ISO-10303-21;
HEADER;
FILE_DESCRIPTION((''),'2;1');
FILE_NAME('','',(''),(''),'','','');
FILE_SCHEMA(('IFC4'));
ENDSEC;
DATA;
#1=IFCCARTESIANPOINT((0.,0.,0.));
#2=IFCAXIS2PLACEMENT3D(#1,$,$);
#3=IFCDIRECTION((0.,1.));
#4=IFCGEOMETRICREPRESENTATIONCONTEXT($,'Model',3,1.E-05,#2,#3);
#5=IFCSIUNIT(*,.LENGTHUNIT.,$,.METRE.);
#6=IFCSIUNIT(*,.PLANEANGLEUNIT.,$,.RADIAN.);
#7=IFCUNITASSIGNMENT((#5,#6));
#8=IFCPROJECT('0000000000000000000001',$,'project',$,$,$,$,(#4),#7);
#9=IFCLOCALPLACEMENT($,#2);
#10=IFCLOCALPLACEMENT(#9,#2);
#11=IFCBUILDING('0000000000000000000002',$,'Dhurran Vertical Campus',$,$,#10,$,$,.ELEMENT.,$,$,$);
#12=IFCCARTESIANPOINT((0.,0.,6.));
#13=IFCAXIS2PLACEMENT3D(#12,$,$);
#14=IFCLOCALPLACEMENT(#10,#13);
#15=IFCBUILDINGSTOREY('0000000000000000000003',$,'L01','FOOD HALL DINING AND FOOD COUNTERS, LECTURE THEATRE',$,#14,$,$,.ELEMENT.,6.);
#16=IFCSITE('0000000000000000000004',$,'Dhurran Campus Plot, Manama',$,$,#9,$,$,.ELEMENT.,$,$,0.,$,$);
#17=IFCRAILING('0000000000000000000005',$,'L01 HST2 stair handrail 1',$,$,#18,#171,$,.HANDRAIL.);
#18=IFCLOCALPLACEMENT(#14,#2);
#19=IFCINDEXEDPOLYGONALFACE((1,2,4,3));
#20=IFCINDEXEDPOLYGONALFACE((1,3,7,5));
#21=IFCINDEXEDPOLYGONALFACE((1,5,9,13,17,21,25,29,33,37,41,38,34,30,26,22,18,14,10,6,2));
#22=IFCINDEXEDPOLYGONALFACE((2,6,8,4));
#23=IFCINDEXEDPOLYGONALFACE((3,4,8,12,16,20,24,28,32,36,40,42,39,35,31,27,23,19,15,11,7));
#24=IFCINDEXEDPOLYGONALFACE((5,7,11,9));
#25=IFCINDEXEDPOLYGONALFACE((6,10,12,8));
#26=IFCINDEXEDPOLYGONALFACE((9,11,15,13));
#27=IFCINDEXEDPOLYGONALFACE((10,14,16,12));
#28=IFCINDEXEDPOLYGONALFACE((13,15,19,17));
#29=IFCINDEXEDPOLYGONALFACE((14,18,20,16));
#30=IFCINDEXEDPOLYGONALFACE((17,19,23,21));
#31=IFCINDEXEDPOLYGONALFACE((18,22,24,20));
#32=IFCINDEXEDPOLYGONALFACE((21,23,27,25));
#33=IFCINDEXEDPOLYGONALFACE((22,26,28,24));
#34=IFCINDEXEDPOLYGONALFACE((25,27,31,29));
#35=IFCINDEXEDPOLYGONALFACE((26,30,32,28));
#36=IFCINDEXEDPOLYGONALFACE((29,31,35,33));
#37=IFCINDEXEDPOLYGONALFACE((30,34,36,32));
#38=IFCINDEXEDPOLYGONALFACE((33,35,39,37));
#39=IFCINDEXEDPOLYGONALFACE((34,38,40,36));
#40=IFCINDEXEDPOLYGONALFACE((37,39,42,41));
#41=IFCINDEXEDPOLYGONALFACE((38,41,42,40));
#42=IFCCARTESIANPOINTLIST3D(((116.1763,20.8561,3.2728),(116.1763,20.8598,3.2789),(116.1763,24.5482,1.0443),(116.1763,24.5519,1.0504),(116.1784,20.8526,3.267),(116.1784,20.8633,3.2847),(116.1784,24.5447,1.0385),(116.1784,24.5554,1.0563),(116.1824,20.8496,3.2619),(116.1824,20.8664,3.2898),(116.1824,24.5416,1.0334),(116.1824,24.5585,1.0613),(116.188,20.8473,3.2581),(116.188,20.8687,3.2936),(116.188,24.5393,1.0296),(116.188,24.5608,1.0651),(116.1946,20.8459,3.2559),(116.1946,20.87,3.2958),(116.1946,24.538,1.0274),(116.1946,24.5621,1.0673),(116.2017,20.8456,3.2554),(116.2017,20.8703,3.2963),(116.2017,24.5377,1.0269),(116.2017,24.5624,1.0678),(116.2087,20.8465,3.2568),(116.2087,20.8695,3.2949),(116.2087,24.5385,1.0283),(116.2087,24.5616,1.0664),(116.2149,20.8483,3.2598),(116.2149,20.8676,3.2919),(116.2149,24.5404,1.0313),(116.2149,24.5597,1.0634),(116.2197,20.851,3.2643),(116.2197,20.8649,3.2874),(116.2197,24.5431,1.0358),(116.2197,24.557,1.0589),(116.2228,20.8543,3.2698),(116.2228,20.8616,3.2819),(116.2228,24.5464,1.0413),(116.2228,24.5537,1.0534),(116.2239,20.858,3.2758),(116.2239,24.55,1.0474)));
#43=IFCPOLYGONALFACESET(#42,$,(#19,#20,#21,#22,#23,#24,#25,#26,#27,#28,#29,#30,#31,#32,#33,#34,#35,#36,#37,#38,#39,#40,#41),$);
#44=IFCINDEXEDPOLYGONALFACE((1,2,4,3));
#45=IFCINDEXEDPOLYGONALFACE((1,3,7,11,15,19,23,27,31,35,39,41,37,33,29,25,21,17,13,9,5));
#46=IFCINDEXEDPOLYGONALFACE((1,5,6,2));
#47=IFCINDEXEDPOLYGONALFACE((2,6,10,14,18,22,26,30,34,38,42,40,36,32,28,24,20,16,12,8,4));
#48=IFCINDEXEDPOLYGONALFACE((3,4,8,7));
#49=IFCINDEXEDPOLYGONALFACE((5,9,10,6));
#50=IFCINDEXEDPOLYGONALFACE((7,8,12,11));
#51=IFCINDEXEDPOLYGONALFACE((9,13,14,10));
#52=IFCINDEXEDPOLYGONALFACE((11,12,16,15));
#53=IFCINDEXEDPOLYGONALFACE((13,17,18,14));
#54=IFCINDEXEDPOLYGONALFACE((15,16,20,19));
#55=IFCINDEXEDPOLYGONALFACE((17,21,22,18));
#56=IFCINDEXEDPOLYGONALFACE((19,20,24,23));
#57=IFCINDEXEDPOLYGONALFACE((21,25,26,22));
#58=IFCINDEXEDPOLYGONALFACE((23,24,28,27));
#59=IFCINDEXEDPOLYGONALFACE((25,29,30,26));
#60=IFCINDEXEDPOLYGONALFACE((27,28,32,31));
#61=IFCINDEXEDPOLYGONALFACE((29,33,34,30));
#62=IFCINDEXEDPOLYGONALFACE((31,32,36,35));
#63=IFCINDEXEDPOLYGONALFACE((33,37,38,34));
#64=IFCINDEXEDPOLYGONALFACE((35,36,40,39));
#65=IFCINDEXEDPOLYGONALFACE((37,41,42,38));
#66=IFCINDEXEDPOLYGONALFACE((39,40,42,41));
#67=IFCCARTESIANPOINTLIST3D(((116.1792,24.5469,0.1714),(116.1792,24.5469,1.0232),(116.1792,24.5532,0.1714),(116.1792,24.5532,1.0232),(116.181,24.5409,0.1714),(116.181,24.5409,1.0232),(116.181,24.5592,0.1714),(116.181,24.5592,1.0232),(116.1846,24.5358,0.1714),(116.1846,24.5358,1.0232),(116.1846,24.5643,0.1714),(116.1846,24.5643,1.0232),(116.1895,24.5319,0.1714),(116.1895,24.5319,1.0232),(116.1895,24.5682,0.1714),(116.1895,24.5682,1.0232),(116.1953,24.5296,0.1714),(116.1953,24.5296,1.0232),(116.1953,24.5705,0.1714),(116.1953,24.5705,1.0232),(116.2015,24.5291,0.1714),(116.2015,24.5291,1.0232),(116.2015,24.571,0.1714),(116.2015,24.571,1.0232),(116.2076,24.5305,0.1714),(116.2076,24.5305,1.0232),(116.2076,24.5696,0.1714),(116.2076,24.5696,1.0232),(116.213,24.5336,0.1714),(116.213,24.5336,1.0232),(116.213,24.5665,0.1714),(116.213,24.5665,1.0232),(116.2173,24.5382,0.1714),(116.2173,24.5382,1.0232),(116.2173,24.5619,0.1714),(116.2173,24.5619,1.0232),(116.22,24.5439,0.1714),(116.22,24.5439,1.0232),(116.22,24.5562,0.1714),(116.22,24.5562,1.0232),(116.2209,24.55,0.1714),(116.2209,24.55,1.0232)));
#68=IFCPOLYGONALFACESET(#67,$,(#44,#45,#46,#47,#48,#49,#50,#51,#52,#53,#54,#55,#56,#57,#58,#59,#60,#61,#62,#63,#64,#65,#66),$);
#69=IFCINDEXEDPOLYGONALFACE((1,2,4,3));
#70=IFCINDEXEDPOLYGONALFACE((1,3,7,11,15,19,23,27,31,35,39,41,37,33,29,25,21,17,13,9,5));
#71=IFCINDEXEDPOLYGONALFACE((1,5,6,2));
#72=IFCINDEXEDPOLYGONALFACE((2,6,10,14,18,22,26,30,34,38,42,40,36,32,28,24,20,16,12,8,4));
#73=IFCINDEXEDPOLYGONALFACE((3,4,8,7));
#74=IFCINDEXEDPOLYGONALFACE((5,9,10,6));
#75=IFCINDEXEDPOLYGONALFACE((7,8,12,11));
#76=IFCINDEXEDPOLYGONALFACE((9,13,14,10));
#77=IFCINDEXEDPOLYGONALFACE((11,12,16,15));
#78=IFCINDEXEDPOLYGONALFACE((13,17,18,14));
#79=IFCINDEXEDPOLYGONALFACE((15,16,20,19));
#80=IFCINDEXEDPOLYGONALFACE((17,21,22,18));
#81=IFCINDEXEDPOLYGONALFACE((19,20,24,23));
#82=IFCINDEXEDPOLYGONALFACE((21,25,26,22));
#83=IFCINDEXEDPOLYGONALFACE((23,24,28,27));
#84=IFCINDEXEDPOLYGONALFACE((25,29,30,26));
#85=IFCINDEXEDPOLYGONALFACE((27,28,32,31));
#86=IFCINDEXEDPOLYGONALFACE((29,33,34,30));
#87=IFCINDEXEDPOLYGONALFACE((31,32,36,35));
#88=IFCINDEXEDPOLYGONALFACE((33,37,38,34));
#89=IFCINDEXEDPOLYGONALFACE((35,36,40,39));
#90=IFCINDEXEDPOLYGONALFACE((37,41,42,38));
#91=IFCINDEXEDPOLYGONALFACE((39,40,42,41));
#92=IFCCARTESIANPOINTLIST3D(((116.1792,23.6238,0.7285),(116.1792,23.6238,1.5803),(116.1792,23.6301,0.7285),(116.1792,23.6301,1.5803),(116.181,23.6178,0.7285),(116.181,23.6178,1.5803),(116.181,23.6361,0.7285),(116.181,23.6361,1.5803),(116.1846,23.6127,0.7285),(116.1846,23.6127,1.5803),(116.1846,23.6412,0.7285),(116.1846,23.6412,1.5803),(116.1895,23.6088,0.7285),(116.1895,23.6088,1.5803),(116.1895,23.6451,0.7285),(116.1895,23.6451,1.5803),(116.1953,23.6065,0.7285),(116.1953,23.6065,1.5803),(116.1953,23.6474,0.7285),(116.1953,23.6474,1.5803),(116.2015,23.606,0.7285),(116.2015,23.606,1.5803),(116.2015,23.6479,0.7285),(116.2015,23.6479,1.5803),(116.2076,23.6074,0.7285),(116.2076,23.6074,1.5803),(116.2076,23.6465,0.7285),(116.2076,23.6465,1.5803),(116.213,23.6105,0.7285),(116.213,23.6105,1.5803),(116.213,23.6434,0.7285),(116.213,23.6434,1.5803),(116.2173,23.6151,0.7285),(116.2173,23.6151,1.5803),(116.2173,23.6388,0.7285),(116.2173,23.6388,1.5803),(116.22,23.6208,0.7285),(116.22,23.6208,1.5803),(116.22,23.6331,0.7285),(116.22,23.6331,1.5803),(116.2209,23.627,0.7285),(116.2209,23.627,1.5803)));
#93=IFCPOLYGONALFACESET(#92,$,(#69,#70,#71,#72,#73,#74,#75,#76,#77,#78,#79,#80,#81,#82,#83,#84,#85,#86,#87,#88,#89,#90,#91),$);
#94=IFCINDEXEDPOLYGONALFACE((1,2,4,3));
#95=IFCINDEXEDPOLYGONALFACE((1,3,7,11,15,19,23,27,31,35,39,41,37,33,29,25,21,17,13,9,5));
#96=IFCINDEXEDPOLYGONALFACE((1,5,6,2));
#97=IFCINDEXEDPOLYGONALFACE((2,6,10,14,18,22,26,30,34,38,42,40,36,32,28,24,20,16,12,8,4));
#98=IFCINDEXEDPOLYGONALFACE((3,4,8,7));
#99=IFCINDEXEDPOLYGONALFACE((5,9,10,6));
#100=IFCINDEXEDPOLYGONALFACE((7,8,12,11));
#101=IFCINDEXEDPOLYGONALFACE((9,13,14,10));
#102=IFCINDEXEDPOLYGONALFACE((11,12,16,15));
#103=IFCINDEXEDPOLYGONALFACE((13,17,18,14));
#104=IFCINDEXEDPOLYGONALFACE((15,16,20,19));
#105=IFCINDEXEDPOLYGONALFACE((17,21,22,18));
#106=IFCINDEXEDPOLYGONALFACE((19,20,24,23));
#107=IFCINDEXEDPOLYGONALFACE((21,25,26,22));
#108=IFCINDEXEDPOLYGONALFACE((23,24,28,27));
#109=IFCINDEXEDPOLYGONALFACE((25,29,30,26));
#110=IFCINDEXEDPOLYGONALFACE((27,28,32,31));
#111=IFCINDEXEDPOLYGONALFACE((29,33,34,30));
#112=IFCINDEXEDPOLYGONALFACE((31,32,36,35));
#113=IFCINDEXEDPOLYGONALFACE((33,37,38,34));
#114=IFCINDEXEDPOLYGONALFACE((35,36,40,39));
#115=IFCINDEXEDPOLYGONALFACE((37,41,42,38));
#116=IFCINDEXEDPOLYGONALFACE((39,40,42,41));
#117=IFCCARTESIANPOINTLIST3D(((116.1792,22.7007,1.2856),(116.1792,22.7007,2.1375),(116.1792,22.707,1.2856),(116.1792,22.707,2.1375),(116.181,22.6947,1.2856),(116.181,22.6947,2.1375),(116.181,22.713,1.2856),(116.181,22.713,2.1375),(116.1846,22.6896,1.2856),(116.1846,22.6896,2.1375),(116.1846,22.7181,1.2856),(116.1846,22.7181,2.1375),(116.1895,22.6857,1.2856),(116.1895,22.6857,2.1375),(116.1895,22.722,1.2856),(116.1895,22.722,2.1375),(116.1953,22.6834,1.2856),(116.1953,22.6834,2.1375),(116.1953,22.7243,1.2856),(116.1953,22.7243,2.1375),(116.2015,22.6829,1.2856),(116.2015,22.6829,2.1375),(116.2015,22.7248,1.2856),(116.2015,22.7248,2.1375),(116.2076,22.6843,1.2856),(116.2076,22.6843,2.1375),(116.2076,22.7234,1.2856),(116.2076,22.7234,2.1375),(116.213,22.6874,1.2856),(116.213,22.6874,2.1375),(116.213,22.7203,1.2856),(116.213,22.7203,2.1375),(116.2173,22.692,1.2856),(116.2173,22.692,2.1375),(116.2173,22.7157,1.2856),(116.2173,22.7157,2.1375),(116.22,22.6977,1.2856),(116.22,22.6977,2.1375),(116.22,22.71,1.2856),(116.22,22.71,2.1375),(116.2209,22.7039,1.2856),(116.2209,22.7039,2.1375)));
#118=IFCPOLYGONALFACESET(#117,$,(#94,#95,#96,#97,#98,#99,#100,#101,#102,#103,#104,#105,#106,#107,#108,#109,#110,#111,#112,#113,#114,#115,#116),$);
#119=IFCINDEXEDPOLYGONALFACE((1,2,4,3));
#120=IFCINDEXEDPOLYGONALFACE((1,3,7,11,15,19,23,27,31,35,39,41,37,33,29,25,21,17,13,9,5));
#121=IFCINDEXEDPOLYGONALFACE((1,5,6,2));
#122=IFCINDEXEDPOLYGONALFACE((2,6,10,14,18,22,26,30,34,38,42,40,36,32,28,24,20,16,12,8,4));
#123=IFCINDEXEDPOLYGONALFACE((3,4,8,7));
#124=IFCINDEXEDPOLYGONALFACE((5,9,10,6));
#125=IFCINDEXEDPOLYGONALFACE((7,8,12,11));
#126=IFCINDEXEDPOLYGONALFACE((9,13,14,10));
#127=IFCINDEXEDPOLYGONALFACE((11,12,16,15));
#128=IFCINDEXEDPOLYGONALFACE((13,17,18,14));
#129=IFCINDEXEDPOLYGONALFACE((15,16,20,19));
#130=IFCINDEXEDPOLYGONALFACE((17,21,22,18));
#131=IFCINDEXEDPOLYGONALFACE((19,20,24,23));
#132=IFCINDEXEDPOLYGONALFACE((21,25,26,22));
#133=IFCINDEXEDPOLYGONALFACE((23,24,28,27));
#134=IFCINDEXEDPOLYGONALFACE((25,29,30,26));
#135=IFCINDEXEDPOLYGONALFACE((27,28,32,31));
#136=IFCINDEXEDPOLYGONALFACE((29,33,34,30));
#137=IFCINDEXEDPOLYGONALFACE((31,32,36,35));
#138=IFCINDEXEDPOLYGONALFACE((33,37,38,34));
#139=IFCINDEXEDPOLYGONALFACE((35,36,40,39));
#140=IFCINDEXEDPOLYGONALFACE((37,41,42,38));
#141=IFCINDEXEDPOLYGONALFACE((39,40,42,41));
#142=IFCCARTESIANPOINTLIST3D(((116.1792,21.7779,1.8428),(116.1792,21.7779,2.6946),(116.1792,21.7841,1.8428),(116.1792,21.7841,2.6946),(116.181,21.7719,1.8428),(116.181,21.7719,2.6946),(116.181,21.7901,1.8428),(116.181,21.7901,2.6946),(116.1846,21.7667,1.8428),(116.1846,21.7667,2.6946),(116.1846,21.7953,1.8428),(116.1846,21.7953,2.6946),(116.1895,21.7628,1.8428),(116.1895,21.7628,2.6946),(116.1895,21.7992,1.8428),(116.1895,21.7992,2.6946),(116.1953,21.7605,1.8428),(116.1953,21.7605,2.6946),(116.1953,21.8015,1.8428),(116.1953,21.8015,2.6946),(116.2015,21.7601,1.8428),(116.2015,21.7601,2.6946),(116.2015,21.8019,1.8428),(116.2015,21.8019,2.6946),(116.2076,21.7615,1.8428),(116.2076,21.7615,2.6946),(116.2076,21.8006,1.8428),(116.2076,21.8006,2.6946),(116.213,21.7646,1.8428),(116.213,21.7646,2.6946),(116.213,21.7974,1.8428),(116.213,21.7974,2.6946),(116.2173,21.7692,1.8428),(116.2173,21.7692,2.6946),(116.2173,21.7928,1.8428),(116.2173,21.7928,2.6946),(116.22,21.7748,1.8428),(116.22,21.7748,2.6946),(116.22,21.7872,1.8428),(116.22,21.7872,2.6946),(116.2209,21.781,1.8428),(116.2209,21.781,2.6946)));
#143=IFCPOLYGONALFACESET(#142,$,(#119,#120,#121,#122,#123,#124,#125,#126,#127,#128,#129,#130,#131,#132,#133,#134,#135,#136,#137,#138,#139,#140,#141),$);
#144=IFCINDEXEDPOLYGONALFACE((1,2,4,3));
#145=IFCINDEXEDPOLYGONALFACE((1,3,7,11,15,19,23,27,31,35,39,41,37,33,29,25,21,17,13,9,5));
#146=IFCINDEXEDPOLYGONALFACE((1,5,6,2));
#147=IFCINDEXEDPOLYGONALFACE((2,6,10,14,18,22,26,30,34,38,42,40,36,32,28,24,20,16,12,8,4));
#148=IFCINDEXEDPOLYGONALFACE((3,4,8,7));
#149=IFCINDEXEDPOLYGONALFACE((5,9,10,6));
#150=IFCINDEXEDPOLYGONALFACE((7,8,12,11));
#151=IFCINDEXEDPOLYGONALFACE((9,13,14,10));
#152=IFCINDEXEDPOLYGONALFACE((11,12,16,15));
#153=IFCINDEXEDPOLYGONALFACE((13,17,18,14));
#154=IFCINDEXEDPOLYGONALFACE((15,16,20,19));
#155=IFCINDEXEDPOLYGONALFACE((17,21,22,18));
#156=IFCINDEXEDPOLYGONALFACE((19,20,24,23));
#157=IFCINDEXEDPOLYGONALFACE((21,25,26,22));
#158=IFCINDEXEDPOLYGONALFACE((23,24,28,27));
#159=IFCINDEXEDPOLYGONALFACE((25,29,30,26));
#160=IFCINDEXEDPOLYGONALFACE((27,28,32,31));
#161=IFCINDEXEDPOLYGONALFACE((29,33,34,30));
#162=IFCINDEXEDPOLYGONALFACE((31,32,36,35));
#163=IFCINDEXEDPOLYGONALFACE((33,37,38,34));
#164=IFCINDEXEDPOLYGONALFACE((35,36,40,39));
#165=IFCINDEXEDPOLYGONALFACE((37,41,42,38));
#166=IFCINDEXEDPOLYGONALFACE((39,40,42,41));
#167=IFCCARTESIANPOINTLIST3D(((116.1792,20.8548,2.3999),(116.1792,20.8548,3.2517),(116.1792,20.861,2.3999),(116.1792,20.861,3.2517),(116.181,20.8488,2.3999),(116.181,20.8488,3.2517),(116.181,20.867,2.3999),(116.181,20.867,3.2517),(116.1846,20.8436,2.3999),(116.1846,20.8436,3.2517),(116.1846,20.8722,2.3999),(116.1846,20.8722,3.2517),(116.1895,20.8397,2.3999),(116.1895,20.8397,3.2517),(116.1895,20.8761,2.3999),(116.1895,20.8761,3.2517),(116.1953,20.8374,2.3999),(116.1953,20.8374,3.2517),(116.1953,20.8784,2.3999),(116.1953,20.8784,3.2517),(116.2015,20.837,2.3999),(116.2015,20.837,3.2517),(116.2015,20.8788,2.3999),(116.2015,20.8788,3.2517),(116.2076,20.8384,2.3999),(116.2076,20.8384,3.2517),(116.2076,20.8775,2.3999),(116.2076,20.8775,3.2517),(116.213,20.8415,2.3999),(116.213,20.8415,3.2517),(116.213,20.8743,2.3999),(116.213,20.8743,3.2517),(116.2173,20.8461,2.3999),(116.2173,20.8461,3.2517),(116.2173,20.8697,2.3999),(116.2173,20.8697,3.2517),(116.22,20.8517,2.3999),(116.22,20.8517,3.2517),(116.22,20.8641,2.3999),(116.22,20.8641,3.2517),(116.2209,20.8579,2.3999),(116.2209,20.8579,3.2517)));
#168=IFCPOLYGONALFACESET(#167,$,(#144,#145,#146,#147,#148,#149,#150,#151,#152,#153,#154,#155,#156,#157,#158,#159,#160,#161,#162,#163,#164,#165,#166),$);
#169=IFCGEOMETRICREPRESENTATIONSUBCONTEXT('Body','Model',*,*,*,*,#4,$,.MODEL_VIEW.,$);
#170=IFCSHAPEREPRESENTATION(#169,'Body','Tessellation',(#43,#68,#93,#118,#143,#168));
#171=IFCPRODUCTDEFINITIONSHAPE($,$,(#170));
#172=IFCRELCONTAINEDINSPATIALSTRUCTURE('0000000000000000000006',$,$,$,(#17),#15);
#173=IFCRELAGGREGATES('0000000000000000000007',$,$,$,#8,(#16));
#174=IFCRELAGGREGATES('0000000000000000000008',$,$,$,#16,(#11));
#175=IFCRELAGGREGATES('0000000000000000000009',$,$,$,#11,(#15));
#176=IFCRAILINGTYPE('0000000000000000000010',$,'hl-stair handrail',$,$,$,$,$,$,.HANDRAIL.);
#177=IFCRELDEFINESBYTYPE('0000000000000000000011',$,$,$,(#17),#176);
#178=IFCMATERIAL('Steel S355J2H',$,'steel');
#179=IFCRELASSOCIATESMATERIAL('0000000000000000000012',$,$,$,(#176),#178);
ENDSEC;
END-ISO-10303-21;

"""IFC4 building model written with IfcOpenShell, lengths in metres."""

from ifc_helpers import new_model, si_unit, direction, frame, origin, origin_2d, place, context, subcontext, project, spatial, circle, extrude, material, type_object, element, save


model = new_model("IFC4")

# Units and contexts
model_context = context("Model", 3, precision=1e-05, world=origin(), true_north=direction((0.0, 1.0)))
body_context = subcontext(model_context, "Body", "Model", "MODEL_VIEW")
ifc_project = project(units=[si_unit("LENGTHUNIT", "METRE"), si_unit("PLANEANGLEUNIT", "RADIAN")], contexts=[model_context])

# Site, building, storey
site_placement = place(None, origin())
site = spatial("IfcSite", under=ifc_project, at=site_placement, Name="Dhurran Campus Plot, Manama", CompositionType="ELEMENT", RefElevation=0.0)
building_placement = place(site_placement, origin())
building = spatial("IfcBuilding", under=site, at=building_placement, Name="Dhurran Vertical Campus", CompositionType="ELEMENT")
storey_placement = place(building_placement, frame((0.0, 0.0, 6.0)))
storey = spatial("IfcBuildingStorey", under=building, at=storey_placement, Name="L01", Description="FOOD HALL DINING AND FOOD COUNTERS, LECTURE THEATRE", CompositionType="ELEMENT", Elevation=6.0)

# Railing
ifc_material_1 = material(Name="Steel S355J2H", Category="steel")
railing_type_1 = type_object("IfcRailingType", Name="hl-stair handrail", PredefinedType="HANDRAIL", material=ifc_material_1)
railing_1_placement = place(storey_placement, frame((116.2, 24.55, 0.1714)))
element("IfcRailing", 1, at=railing_1_placement, inside=storey, type_object=railing_type_1, Name="L01 HST2 stair handrail 1", PredefinedType="HANDRAIL", context=body_context, shape_type="SweptSolid", body=[
    extrude(circle(Radius=0.0239, at=origin_2d()), frame((0.0, 0.0, 0.876), z_axis=(0.0, -0.856136, 0.51675), x_axis=(1.0, 0.0, 0.0)), (0.0, 0.0, 1.0), 4.3125),
    extrude(circle(Radius=0.021, at=origin_2d()), origin(), (0.0, 0.0, 1.0), 0.8518),
    extrude(circle(Radius=0.021, at=origin_2d()), frame((0.0, -0.9231, 0.5571)), (0.0, 0.0, 1.0), 0.8518),
    extrude(circle(Radius=0.021, at=origin_2d()), frame((0.0, -1.8462, 1.1143)), (0.0, 0.0, 1.0), 0.8518),
    extrude(circle(Radius=0.021, at=origin_2d()), frame((0.0, -2.769, 1.6714)), (0.0, 0.0, 1.0), 0.8518),
    extrude(circle(Radius=0.021, at=origin_2d()), frame((0.0, -3.6921, 2.2285)), (0.0, 0.0, 1.0), 0.8518),
])

save(model, "model.ifc")
